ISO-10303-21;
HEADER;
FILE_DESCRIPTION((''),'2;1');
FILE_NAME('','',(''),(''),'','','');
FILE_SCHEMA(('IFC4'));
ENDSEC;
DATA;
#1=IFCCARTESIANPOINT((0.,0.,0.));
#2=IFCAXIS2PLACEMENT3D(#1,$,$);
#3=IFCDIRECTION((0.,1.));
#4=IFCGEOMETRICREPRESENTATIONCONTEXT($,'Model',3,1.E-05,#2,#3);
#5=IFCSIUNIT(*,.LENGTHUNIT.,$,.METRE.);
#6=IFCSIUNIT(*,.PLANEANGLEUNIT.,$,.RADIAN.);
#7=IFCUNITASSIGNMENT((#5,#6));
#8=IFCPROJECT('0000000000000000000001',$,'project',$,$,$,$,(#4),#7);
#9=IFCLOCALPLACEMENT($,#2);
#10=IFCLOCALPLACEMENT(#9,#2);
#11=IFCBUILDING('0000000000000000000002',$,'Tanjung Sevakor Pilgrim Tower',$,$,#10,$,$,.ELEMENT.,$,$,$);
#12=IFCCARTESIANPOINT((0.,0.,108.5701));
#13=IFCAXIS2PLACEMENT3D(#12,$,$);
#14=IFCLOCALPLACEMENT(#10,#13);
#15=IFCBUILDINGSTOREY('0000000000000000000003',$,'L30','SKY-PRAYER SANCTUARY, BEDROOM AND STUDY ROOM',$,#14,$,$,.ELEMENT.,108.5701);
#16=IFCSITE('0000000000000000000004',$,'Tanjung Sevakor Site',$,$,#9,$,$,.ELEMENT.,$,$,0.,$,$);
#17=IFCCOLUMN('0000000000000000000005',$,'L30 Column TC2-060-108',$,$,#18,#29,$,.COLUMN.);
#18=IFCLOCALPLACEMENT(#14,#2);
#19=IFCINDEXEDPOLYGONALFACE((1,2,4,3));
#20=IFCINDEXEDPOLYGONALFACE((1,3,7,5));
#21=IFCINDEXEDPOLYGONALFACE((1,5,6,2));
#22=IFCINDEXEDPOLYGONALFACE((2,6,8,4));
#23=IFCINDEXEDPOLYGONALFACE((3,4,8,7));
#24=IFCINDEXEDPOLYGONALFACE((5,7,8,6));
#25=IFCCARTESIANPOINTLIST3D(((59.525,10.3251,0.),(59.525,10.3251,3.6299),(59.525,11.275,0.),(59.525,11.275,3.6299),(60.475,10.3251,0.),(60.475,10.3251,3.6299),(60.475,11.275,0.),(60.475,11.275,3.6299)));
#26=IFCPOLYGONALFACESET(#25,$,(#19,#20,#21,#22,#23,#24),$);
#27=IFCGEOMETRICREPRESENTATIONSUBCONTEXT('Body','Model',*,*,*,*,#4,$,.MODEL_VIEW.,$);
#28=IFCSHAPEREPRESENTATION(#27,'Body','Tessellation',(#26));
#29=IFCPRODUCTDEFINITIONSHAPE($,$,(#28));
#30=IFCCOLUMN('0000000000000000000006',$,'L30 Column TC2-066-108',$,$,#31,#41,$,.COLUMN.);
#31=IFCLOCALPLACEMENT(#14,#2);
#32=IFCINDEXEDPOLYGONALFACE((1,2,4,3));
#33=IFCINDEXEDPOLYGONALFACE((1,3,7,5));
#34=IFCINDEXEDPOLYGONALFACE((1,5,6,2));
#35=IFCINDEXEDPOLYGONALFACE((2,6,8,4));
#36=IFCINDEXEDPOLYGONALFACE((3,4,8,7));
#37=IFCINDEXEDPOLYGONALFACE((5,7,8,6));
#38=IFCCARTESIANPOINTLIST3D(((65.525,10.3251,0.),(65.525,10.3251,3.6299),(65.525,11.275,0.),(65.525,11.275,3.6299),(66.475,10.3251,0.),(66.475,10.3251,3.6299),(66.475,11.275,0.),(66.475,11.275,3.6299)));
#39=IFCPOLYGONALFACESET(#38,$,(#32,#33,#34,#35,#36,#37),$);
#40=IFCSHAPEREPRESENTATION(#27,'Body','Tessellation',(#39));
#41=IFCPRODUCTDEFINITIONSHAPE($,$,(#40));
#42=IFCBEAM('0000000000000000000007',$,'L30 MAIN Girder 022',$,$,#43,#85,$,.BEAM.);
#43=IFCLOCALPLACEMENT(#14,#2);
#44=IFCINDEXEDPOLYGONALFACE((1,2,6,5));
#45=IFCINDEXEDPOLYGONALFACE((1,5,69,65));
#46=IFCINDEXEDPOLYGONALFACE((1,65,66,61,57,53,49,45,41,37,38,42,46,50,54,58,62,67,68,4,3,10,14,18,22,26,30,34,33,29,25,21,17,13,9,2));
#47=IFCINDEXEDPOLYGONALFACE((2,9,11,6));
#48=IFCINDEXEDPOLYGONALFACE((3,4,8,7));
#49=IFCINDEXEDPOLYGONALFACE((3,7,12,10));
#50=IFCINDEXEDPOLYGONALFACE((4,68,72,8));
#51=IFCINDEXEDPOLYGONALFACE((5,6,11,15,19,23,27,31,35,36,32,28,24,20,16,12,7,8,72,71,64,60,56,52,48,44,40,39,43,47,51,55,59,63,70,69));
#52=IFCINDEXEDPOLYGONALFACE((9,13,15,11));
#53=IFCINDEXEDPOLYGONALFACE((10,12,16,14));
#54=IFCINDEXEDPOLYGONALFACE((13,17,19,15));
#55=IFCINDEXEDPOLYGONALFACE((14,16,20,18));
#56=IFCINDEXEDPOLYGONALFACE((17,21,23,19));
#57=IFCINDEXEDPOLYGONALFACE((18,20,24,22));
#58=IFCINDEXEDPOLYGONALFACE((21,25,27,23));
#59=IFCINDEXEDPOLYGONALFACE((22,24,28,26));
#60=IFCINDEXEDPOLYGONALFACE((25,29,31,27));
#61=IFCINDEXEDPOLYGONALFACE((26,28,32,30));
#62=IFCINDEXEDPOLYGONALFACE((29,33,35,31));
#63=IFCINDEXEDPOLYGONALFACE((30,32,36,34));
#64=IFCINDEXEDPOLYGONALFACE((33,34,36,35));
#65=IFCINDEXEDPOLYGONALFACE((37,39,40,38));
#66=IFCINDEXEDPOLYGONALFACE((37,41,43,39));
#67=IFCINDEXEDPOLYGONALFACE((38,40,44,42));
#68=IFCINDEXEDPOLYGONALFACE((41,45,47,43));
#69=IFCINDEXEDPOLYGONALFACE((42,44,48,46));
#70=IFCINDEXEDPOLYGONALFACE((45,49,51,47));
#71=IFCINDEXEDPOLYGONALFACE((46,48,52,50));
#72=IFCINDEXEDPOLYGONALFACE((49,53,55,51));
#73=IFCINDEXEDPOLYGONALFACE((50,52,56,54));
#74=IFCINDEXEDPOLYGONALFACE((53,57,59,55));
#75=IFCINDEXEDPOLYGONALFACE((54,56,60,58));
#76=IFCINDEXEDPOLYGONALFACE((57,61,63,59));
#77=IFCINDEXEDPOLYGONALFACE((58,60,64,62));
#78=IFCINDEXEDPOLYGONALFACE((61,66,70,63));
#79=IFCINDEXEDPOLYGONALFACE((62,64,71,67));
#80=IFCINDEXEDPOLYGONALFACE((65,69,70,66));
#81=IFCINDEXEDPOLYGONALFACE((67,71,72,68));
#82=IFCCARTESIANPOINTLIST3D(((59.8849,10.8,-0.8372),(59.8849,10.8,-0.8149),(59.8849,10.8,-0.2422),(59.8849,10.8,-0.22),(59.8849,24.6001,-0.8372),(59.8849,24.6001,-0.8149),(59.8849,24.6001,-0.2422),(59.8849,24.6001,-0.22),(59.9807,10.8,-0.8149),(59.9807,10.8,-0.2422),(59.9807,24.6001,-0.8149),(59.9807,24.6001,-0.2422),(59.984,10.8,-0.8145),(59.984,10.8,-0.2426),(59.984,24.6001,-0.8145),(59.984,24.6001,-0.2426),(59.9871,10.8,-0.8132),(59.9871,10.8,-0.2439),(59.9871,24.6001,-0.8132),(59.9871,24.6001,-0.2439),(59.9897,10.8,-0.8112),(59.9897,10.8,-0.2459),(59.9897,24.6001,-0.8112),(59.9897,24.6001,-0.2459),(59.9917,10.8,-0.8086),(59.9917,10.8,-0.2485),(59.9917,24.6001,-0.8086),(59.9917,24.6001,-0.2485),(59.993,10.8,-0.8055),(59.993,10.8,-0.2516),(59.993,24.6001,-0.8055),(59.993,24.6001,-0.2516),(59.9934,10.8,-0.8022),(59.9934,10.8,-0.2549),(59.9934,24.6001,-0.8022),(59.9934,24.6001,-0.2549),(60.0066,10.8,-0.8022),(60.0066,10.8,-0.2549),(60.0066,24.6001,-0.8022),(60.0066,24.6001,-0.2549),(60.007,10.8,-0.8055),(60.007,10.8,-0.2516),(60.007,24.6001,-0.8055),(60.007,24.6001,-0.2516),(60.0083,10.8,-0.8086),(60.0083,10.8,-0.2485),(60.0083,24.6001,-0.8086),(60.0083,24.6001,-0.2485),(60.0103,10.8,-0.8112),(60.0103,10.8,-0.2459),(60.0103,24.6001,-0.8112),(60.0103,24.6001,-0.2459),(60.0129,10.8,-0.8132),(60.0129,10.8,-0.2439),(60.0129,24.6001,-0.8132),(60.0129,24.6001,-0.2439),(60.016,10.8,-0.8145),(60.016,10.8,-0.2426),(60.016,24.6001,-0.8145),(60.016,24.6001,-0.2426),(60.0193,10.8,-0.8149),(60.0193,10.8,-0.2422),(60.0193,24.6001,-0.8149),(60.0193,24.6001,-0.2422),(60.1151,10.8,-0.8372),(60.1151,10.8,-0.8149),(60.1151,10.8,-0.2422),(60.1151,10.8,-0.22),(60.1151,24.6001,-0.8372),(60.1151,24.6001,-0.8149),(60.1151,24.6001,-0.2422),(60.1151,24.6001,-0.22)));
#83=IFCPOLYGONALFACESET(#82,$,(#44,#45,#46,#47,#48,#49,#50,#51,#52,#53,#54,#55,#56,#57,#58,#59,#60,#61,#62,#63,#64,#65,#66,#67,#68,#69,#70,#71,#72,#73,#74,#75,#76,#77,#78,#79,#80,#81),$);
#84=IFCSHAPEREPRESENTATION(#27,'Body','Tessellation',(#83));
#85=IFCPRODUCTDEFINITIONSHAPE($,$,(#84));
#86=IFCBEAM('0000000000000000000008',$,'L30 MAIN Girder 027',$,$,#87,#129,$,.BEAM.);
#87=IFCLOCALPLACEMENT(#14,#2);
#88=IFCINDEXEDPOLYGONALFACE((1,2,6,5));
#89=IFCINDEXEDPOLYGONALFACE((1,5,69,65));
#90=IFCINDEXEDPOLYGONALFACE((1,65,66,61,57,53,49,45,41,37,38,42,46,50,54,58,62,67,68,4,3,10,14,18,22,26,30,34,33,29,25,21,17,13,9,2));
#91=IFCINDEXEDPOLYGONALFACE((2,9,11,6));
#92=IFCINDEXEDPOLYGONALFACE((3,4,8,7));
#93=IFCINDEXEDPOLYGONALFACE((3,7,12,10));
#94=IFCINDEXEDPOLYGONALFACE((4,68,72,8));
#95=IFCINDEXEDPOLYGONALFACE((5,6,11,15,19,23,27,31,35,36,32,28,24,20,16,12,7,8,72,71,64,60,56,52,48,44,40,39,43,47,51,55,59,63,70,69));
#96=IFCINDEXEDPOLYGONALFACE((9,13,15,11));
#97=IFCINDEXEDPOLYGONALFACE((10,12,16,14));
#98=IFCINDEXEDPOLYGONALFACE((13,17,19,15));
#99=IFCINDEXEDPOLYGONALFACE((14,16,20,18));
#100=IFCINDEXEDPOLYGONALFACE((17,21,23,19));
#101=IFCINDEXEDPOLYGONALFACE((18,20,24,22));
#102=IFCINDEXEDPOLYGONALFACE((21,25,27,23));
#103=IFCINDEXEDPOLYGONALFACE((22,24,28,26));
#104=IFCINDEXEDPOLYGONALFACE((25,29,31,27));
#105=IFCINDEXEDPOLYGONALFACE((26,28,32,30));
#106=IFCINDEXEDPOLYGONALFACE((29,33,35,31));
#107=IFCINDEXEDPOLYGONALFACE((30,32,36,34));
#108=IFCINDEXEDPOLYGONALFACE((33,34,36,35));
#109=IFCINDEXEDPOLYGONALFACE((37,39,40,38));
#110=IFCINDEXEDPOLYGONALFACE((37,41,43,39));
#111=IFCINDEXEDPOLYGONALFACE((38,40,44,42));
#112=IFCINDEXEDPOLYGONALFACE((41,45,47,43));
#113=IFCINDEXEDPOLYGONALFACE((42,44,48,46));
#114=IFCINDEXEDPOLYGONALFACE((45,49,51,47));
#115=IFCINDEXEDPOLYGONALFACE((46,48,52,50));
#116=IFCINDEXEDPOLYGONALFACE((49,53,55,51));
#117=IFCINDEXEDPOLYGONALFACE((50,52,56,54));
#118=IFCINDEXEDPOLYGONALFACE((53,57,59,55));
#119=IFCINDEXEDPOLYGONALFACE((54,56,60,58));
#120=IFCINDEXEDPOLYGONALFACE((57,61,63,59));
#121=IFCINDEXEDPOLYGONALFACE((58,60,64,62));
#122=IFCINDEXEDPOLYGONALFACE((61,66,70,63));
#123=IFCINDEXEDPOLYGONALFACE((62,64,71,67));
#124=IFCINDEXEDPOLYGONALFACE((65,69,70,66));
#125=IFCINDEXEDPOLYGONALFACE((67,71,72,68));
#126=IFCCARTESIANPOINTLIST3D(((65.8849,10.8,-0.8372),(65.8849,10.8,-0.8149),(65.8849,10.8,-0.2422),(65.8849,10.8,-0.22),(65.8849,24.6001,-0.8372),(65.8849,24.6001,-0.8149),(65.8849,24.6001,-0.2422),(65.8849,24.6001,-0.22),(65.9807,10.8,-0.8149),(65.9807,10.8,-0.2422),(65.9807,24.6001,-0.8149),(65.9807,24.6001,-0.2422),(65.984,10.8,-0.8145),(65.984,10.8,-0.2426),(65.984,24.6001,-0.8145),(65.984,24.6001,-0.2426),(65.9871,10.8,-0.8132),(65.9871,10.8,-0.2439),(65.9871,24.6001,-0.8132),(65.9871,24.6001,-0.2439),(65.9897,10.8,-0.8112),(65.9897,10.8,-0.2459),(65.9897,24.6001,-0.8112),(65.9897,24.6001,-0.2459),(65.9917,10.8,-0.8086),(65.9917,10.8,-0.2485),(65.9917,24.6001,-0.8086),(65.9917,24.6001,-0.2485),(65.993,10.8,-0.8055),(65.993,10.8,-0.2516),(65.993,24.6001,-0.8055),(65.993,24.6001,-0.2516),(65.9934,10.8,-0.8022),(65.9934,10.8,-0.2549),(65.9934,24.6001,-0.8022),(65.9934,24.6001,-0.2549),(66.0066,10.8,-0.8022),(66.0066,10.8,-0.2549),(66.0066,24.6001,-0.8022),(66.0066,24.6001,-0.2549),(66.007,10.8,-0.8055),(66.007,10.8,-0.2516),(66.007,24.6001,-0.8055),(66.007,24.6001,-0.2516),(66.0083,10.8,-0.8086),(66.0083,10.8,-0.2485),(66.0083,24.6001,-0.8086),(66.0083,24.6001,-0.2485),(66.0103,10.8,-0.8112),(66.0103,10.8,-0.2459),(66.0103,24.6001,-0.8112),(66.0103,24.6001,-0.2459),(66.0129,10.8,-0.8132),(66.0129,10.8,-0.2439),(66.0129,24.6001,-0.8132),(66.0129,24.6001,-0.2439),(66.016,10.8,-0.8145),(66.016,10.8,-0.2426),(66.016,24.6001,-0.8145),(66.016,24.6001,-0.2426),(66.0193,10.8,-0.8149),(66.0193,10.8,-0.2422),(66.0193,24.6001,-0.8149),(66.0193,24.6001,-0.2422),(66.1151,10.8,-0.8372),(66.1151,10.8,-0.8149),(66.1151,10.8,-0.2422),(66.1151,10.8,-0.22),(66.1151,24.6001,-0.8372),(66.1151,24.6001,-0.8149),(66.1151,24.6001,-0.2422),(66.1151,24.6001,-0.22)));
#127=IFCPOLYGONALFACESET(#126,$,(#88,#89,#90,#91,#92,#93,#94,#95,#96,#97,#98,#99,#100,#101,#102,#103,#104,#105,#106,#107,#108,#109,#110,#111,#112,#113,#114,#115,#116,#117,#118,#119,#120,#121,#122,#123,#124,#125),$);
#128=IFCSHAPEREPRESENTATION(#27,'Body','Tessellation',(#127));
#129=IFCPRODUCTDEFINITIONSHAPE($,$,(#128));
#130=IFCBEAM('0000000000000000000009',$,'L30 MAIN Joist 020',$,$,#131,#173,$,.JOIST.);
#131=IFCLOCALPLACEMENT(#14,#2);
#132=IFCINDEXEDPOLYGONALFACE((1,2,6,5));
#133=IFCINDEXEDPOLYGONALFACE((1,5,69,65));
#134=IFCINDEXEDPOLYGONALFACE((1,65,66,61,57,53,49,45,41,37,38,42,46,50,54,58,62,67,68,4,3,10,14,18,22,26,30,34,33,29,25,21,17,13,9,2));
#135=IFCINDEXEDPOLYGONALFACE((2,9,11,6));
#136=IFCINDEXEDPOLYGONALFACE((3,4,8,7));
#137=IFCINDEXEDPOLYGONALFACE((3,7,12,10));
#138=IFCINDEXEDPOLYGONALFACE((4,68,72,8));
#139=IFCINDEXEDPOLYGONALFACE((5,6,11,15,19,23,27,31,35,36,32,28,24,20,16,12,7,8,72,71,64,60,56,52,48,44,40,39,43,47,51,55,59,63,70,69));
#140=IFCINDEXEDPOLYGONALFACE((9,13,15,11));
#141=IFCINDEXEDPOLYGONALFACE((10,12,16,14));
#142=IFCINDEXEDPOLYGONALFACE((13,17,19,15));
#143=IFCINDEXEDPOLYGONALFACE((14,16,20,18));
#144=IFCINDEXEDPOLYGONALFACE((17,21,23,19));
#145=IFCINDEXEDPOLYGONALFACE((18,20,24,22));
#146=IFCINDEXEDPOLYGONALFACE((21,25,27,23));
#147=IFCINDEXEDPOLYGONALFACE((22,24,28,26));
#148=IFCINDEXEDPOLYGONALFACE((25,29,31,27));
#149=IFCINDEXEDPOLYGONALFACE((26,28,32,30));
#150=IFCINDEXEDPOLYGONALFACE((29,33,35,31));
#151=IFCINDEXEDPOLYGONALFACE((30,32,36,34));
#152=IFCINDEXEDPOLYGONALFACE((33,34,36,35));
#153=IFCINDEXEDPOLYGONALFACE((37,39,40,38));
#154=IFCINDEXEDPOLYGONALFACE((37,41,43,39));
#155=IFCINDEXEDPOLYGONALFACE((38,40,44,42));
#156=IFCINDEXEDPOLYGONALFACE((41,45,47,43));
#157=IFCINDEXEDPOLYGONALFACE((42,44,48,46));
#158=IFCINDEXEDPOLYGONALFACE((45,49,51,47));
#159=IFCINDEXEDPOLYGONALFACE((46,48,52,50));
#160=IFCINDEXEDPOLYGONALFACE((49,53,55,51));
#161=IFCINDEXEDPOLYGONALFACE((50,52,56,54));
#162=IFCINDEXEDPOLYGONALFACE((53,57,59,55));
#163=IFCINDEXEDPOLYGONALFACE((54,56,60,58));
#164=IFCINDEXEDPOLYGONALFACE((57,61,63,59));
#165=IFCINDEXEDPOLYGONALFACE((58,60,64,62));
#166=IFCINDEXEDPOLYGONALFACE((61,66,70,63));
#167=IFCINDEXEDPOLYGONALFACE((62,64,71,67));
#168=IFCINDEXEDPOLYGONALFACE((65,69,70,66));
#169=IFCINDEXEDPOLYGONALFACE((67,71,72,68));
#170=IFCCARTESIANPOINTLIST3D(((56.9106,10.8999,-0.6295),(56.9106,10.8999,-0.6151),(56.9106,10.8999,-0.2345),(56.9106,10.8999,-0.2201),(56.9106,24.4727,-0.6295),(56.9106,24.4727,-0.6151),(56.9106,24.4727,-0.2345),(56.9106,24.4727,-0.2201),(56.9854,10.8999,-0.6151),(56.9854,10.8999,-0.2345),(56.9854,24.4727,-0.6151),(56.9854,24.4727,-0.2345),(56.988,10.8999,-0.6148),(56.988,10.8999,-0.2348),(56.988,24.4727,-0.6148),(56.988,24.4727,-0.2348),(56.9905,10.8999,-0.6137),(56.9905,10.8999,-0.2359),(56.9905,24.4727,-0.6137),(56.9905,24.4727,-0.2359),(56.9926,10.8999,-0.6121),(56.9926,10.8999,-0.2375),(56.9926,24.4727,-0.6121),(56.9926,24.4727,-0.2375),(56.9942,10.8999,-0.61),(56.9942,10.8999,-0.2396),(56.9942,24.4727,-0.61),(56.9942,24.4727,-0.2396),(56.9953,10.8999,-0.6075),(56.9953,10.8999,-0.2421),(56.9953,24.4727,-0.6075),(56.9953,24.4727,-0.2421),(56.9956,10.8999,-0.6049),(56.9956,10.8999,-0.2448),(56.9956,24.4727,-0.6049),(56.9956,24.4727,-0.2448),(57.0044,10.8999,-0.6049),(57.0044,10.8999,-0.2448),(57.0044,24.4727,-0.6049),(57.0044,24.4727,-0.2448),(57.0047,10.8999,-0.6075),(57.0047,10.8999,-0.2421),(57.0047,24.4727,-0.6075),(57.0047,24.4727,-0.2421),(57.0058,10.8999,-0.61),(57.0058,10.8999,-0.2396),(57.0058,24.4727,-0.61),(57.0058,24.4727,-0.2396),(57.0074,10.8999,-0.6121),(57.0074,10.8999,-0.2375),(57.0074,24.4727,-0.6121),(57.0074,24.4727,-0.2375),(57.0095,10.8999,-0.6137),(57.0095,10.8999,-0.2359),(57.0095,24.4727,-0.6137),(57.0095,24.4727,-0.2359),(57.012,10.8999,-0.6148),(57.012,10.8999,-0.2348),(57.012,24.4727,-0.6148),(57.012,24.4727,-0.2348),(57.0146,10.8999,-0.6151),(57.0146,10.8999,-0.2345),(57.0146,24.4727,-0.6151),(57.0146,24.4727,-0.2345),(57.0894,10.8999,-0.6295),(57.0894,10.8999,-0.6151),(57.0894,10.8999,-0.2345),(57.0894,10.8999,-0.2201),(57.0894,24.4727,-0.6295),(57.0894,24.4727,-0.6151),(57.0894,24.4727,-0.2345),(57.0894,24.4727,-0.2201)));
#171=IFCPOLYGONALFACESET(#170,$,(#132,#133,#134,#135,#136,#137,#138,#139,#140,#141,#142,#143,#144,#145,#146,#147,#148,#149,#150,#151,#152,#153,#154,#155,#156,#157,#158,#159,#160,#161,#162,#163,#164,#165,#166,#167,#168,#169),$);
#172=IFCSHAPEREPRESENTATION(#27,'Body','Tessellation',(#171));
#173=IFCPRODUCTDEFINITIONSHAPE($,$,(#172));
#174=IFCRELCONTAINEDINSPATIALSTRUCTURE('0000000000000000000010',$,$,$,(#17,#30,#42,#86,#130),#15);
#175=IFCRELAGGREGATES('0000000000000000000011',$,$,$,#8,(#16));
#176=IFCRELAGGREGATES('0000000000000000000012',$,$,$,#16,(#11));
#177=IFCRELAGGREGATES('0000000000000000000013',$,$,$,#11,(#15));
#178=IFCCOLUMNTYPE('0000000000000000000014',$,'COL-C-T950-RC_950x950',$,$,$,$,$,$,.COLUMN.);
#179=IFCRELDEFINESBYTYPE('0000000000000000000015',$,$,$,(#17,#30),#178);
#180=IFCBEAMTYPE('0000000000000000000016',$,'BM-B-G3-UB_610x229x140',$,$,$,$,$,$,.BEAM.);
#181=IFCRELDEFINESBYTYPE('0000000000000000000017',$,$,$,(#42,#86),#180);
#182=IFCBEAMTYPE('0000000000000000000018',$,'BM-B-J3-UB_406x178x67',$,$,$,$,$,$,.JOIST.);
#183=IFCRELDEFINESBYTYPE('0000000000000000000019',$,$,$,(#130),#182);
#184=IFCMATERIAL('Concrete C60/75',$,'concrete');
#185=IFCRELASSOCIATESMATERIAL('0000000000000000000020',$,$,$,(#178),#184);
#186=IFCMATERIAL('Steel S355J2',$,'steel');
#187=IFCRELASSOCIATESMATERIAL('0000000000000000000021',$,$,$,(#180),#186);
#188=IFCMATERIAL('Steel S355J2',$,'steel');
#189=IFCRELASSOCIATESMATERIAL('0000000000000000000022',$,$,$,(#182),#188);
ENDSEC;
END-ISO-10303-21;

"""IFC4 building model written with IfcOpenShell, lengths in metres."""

from ifc_helpers import new_model, si_unit, direction, frame, origin, origin_2d, place, context, subcontext, project, spatial, rectangle, i_section, extrude, material, material_profile, profile_set, type_object, element, save


model = new_model("IFC4")

# Units and contexts
model_context = context("Model", 3, precision=1e-05, world=origin(), true_north=direction((0.0, 1.0)))
body_context = subcontext(model_context, "Body", "Model", "MODEL_VIEW")
ifc_project = project(units=[si_unit("LENGTHUNIT", "METRE"), si_unit("PLANEANGLEUNIT", "RADIAN")], contexts=[model_context])

# Site, building, storey
site_placement = place(None, origin())
site = spatial("IfcSite", under=ifc_project, at=site_placement, Name="Tanjung Sevakor Site", CompositionType="ELEMENT", RefElevation=0.0)
building_placement = place(site_placement, origin())
building = spatial("IfcBuilding", under=site, at=building_placement, Name="Tanjung Sevakor Pilgrim Tower", CompositionType="ELEMENT")
storey_placement = place(building_placement, frame((0.0, 0.0, 108.5701)))
storey = spatial("IfcBuildingStorey", under=building, at=storey_placement, Name="L30", Description="SKY-PRAYER SANCTUARY, BEDROOM AND STUDY ROOM", CompositionType="ELEMENT", Elevation=108.5701)

# Columns
ifc_material_1 = material(Name="Concrete C60/75", Category="concrete")
ifc_material_profile_1 = material_profile(ifc_material_1, rectangle(XDim=0.95, YDim=0.95, at=origin_2d()))
ifc_profile_set_1 = profile_set([ifc_material_profile_1], Name="Concrete C60/75")
column_type = type_object("IfcColumnType", Name="COL-C-T950-RC_950x950", PredefinedType="COLUMN", material=ifc_profile_set_1)
for number, where, z_axis, x_axis, name in (
    (1, (60.0, 10.8, 0.0), (0.0, 0.0, 1.0), (1.0, 0.0, 0.0), "L30 Column TC2-060-108"),
    (2, (66.0, 10.8, 0.0), (0.0, 0.0, 1.0), (1.0, 0.0, 0.0), "L30 Column TC2-066-108"),
):
    element("IfcColumn", number, at=place(storey_placement, frame(where, z_axis=z_axis, x_axis=x_axis)), inside=storey, type_object=column_type, Name=name, PredefinedType="COLUMN", context=body_context, shape_type="SweptSolid", body=[
        extrude(rectangle(XDim=0.95, YDim=0.95, at=origin_2d()), origin(), (0.0, 0.0, 1.0), 3.6299),
    ])

# Beams
ifc_material_2 = material(Name="Steel S355J2", Category="steel")
ifc_material_profile_2 = material_profile(ifc_material_2, i_section(OverallWidth=0.2302, OverallDepth=0.6172, WebThickness=0.0132, FlangeThickness=0.0222, FilletRadius=0.0127, at=origin_2d()))
ifc_profile_set_2 = profile_set([ifc_material_profile_2], Name="Steel S355J2")
beam_type_1 = type_object("IfcBeamType", Name="BM-B-G3-UB_610x229x140", PredefinedType="BEAM", material=ifc_profile_set_2)
for number, where, z_axis, x_axis, name in (
    (3, (60.0, 10.8, -0.5286), (0.0, 1.0, 0.0), (-1.0, 0.0, 0.0), "L30 MAIN Girder 022"),
    (4, (66.0, 10.8, -0.5286), (0.0, 1.0, 0.0), (-1.0, 0.0, 0.0), "L30 MAIN Girder 027"),
):
    element("IfcBeam", number, at=place(storey_placement, frame(where, z_axis=z_axis, x_axis=x_axis)), inside=storey, type_object=beam_type_1, Name=name, PredefinedType="BEAM", context=body_context, shape_type="SweptSolid", body=[
        extrude(i_section(OverallWidth=0.2302, OverallDepth=0.6172, WebThickness=0.0132, FlangeThickness=0.0222, FilletRadius=0.0127, at=origin_2d()), origin(), (0.0, 0.0, 1.0), 13.8),
    ])
ifc_material_3 = material(Name="Steel S355J2", Category="steel")
ifc_material_profile_3 = material_profile(ifc_material_3, i_section(OverallWidth=0.1787, OverallDepth=0.4094, WebThickness=0.0088, FlangeThickness=0.0144, FilletRadius=0.0103, at=origin_2d()))
ifc_profile_set_3 = profile_set([ifc_material_profile_3], Name="Steel S355J2")
beam_type_2 = type_object("IfcBeamType", Name="BM-B-J3-UB_406x178x67", PredefinedType="JOIST", material=ifc_profile_set_3)
for number, where, z_axis, x_axis, name in (
    (5, (57.0, 10.8999, -0.4248), (0.0, 1.0, 0.0), (-1.0, 0.0, 0.0), "L30 MAIN Joist 020"),
):
    element("IfcBeam", number, at=place(storey_placement, frame(where, z_axis=z_axis, x_axis=x_axis)), inside=storey, type_object=beam_type_2, Name=name, PredefinedType="JOIST", context=body_context, shape_type="SweptSolid", body=[
        extrude(i_section(OverallWidth=0.1787, OverallDepth=0.4094, WebThickness=0.0088, FlangeThickness=0.0144, FilletRadius=0.0103, at=origin_2d()), origin(), (0.0, 0.0, 1.0), 13.5728),
    ])

save(model, "model.ifc")
